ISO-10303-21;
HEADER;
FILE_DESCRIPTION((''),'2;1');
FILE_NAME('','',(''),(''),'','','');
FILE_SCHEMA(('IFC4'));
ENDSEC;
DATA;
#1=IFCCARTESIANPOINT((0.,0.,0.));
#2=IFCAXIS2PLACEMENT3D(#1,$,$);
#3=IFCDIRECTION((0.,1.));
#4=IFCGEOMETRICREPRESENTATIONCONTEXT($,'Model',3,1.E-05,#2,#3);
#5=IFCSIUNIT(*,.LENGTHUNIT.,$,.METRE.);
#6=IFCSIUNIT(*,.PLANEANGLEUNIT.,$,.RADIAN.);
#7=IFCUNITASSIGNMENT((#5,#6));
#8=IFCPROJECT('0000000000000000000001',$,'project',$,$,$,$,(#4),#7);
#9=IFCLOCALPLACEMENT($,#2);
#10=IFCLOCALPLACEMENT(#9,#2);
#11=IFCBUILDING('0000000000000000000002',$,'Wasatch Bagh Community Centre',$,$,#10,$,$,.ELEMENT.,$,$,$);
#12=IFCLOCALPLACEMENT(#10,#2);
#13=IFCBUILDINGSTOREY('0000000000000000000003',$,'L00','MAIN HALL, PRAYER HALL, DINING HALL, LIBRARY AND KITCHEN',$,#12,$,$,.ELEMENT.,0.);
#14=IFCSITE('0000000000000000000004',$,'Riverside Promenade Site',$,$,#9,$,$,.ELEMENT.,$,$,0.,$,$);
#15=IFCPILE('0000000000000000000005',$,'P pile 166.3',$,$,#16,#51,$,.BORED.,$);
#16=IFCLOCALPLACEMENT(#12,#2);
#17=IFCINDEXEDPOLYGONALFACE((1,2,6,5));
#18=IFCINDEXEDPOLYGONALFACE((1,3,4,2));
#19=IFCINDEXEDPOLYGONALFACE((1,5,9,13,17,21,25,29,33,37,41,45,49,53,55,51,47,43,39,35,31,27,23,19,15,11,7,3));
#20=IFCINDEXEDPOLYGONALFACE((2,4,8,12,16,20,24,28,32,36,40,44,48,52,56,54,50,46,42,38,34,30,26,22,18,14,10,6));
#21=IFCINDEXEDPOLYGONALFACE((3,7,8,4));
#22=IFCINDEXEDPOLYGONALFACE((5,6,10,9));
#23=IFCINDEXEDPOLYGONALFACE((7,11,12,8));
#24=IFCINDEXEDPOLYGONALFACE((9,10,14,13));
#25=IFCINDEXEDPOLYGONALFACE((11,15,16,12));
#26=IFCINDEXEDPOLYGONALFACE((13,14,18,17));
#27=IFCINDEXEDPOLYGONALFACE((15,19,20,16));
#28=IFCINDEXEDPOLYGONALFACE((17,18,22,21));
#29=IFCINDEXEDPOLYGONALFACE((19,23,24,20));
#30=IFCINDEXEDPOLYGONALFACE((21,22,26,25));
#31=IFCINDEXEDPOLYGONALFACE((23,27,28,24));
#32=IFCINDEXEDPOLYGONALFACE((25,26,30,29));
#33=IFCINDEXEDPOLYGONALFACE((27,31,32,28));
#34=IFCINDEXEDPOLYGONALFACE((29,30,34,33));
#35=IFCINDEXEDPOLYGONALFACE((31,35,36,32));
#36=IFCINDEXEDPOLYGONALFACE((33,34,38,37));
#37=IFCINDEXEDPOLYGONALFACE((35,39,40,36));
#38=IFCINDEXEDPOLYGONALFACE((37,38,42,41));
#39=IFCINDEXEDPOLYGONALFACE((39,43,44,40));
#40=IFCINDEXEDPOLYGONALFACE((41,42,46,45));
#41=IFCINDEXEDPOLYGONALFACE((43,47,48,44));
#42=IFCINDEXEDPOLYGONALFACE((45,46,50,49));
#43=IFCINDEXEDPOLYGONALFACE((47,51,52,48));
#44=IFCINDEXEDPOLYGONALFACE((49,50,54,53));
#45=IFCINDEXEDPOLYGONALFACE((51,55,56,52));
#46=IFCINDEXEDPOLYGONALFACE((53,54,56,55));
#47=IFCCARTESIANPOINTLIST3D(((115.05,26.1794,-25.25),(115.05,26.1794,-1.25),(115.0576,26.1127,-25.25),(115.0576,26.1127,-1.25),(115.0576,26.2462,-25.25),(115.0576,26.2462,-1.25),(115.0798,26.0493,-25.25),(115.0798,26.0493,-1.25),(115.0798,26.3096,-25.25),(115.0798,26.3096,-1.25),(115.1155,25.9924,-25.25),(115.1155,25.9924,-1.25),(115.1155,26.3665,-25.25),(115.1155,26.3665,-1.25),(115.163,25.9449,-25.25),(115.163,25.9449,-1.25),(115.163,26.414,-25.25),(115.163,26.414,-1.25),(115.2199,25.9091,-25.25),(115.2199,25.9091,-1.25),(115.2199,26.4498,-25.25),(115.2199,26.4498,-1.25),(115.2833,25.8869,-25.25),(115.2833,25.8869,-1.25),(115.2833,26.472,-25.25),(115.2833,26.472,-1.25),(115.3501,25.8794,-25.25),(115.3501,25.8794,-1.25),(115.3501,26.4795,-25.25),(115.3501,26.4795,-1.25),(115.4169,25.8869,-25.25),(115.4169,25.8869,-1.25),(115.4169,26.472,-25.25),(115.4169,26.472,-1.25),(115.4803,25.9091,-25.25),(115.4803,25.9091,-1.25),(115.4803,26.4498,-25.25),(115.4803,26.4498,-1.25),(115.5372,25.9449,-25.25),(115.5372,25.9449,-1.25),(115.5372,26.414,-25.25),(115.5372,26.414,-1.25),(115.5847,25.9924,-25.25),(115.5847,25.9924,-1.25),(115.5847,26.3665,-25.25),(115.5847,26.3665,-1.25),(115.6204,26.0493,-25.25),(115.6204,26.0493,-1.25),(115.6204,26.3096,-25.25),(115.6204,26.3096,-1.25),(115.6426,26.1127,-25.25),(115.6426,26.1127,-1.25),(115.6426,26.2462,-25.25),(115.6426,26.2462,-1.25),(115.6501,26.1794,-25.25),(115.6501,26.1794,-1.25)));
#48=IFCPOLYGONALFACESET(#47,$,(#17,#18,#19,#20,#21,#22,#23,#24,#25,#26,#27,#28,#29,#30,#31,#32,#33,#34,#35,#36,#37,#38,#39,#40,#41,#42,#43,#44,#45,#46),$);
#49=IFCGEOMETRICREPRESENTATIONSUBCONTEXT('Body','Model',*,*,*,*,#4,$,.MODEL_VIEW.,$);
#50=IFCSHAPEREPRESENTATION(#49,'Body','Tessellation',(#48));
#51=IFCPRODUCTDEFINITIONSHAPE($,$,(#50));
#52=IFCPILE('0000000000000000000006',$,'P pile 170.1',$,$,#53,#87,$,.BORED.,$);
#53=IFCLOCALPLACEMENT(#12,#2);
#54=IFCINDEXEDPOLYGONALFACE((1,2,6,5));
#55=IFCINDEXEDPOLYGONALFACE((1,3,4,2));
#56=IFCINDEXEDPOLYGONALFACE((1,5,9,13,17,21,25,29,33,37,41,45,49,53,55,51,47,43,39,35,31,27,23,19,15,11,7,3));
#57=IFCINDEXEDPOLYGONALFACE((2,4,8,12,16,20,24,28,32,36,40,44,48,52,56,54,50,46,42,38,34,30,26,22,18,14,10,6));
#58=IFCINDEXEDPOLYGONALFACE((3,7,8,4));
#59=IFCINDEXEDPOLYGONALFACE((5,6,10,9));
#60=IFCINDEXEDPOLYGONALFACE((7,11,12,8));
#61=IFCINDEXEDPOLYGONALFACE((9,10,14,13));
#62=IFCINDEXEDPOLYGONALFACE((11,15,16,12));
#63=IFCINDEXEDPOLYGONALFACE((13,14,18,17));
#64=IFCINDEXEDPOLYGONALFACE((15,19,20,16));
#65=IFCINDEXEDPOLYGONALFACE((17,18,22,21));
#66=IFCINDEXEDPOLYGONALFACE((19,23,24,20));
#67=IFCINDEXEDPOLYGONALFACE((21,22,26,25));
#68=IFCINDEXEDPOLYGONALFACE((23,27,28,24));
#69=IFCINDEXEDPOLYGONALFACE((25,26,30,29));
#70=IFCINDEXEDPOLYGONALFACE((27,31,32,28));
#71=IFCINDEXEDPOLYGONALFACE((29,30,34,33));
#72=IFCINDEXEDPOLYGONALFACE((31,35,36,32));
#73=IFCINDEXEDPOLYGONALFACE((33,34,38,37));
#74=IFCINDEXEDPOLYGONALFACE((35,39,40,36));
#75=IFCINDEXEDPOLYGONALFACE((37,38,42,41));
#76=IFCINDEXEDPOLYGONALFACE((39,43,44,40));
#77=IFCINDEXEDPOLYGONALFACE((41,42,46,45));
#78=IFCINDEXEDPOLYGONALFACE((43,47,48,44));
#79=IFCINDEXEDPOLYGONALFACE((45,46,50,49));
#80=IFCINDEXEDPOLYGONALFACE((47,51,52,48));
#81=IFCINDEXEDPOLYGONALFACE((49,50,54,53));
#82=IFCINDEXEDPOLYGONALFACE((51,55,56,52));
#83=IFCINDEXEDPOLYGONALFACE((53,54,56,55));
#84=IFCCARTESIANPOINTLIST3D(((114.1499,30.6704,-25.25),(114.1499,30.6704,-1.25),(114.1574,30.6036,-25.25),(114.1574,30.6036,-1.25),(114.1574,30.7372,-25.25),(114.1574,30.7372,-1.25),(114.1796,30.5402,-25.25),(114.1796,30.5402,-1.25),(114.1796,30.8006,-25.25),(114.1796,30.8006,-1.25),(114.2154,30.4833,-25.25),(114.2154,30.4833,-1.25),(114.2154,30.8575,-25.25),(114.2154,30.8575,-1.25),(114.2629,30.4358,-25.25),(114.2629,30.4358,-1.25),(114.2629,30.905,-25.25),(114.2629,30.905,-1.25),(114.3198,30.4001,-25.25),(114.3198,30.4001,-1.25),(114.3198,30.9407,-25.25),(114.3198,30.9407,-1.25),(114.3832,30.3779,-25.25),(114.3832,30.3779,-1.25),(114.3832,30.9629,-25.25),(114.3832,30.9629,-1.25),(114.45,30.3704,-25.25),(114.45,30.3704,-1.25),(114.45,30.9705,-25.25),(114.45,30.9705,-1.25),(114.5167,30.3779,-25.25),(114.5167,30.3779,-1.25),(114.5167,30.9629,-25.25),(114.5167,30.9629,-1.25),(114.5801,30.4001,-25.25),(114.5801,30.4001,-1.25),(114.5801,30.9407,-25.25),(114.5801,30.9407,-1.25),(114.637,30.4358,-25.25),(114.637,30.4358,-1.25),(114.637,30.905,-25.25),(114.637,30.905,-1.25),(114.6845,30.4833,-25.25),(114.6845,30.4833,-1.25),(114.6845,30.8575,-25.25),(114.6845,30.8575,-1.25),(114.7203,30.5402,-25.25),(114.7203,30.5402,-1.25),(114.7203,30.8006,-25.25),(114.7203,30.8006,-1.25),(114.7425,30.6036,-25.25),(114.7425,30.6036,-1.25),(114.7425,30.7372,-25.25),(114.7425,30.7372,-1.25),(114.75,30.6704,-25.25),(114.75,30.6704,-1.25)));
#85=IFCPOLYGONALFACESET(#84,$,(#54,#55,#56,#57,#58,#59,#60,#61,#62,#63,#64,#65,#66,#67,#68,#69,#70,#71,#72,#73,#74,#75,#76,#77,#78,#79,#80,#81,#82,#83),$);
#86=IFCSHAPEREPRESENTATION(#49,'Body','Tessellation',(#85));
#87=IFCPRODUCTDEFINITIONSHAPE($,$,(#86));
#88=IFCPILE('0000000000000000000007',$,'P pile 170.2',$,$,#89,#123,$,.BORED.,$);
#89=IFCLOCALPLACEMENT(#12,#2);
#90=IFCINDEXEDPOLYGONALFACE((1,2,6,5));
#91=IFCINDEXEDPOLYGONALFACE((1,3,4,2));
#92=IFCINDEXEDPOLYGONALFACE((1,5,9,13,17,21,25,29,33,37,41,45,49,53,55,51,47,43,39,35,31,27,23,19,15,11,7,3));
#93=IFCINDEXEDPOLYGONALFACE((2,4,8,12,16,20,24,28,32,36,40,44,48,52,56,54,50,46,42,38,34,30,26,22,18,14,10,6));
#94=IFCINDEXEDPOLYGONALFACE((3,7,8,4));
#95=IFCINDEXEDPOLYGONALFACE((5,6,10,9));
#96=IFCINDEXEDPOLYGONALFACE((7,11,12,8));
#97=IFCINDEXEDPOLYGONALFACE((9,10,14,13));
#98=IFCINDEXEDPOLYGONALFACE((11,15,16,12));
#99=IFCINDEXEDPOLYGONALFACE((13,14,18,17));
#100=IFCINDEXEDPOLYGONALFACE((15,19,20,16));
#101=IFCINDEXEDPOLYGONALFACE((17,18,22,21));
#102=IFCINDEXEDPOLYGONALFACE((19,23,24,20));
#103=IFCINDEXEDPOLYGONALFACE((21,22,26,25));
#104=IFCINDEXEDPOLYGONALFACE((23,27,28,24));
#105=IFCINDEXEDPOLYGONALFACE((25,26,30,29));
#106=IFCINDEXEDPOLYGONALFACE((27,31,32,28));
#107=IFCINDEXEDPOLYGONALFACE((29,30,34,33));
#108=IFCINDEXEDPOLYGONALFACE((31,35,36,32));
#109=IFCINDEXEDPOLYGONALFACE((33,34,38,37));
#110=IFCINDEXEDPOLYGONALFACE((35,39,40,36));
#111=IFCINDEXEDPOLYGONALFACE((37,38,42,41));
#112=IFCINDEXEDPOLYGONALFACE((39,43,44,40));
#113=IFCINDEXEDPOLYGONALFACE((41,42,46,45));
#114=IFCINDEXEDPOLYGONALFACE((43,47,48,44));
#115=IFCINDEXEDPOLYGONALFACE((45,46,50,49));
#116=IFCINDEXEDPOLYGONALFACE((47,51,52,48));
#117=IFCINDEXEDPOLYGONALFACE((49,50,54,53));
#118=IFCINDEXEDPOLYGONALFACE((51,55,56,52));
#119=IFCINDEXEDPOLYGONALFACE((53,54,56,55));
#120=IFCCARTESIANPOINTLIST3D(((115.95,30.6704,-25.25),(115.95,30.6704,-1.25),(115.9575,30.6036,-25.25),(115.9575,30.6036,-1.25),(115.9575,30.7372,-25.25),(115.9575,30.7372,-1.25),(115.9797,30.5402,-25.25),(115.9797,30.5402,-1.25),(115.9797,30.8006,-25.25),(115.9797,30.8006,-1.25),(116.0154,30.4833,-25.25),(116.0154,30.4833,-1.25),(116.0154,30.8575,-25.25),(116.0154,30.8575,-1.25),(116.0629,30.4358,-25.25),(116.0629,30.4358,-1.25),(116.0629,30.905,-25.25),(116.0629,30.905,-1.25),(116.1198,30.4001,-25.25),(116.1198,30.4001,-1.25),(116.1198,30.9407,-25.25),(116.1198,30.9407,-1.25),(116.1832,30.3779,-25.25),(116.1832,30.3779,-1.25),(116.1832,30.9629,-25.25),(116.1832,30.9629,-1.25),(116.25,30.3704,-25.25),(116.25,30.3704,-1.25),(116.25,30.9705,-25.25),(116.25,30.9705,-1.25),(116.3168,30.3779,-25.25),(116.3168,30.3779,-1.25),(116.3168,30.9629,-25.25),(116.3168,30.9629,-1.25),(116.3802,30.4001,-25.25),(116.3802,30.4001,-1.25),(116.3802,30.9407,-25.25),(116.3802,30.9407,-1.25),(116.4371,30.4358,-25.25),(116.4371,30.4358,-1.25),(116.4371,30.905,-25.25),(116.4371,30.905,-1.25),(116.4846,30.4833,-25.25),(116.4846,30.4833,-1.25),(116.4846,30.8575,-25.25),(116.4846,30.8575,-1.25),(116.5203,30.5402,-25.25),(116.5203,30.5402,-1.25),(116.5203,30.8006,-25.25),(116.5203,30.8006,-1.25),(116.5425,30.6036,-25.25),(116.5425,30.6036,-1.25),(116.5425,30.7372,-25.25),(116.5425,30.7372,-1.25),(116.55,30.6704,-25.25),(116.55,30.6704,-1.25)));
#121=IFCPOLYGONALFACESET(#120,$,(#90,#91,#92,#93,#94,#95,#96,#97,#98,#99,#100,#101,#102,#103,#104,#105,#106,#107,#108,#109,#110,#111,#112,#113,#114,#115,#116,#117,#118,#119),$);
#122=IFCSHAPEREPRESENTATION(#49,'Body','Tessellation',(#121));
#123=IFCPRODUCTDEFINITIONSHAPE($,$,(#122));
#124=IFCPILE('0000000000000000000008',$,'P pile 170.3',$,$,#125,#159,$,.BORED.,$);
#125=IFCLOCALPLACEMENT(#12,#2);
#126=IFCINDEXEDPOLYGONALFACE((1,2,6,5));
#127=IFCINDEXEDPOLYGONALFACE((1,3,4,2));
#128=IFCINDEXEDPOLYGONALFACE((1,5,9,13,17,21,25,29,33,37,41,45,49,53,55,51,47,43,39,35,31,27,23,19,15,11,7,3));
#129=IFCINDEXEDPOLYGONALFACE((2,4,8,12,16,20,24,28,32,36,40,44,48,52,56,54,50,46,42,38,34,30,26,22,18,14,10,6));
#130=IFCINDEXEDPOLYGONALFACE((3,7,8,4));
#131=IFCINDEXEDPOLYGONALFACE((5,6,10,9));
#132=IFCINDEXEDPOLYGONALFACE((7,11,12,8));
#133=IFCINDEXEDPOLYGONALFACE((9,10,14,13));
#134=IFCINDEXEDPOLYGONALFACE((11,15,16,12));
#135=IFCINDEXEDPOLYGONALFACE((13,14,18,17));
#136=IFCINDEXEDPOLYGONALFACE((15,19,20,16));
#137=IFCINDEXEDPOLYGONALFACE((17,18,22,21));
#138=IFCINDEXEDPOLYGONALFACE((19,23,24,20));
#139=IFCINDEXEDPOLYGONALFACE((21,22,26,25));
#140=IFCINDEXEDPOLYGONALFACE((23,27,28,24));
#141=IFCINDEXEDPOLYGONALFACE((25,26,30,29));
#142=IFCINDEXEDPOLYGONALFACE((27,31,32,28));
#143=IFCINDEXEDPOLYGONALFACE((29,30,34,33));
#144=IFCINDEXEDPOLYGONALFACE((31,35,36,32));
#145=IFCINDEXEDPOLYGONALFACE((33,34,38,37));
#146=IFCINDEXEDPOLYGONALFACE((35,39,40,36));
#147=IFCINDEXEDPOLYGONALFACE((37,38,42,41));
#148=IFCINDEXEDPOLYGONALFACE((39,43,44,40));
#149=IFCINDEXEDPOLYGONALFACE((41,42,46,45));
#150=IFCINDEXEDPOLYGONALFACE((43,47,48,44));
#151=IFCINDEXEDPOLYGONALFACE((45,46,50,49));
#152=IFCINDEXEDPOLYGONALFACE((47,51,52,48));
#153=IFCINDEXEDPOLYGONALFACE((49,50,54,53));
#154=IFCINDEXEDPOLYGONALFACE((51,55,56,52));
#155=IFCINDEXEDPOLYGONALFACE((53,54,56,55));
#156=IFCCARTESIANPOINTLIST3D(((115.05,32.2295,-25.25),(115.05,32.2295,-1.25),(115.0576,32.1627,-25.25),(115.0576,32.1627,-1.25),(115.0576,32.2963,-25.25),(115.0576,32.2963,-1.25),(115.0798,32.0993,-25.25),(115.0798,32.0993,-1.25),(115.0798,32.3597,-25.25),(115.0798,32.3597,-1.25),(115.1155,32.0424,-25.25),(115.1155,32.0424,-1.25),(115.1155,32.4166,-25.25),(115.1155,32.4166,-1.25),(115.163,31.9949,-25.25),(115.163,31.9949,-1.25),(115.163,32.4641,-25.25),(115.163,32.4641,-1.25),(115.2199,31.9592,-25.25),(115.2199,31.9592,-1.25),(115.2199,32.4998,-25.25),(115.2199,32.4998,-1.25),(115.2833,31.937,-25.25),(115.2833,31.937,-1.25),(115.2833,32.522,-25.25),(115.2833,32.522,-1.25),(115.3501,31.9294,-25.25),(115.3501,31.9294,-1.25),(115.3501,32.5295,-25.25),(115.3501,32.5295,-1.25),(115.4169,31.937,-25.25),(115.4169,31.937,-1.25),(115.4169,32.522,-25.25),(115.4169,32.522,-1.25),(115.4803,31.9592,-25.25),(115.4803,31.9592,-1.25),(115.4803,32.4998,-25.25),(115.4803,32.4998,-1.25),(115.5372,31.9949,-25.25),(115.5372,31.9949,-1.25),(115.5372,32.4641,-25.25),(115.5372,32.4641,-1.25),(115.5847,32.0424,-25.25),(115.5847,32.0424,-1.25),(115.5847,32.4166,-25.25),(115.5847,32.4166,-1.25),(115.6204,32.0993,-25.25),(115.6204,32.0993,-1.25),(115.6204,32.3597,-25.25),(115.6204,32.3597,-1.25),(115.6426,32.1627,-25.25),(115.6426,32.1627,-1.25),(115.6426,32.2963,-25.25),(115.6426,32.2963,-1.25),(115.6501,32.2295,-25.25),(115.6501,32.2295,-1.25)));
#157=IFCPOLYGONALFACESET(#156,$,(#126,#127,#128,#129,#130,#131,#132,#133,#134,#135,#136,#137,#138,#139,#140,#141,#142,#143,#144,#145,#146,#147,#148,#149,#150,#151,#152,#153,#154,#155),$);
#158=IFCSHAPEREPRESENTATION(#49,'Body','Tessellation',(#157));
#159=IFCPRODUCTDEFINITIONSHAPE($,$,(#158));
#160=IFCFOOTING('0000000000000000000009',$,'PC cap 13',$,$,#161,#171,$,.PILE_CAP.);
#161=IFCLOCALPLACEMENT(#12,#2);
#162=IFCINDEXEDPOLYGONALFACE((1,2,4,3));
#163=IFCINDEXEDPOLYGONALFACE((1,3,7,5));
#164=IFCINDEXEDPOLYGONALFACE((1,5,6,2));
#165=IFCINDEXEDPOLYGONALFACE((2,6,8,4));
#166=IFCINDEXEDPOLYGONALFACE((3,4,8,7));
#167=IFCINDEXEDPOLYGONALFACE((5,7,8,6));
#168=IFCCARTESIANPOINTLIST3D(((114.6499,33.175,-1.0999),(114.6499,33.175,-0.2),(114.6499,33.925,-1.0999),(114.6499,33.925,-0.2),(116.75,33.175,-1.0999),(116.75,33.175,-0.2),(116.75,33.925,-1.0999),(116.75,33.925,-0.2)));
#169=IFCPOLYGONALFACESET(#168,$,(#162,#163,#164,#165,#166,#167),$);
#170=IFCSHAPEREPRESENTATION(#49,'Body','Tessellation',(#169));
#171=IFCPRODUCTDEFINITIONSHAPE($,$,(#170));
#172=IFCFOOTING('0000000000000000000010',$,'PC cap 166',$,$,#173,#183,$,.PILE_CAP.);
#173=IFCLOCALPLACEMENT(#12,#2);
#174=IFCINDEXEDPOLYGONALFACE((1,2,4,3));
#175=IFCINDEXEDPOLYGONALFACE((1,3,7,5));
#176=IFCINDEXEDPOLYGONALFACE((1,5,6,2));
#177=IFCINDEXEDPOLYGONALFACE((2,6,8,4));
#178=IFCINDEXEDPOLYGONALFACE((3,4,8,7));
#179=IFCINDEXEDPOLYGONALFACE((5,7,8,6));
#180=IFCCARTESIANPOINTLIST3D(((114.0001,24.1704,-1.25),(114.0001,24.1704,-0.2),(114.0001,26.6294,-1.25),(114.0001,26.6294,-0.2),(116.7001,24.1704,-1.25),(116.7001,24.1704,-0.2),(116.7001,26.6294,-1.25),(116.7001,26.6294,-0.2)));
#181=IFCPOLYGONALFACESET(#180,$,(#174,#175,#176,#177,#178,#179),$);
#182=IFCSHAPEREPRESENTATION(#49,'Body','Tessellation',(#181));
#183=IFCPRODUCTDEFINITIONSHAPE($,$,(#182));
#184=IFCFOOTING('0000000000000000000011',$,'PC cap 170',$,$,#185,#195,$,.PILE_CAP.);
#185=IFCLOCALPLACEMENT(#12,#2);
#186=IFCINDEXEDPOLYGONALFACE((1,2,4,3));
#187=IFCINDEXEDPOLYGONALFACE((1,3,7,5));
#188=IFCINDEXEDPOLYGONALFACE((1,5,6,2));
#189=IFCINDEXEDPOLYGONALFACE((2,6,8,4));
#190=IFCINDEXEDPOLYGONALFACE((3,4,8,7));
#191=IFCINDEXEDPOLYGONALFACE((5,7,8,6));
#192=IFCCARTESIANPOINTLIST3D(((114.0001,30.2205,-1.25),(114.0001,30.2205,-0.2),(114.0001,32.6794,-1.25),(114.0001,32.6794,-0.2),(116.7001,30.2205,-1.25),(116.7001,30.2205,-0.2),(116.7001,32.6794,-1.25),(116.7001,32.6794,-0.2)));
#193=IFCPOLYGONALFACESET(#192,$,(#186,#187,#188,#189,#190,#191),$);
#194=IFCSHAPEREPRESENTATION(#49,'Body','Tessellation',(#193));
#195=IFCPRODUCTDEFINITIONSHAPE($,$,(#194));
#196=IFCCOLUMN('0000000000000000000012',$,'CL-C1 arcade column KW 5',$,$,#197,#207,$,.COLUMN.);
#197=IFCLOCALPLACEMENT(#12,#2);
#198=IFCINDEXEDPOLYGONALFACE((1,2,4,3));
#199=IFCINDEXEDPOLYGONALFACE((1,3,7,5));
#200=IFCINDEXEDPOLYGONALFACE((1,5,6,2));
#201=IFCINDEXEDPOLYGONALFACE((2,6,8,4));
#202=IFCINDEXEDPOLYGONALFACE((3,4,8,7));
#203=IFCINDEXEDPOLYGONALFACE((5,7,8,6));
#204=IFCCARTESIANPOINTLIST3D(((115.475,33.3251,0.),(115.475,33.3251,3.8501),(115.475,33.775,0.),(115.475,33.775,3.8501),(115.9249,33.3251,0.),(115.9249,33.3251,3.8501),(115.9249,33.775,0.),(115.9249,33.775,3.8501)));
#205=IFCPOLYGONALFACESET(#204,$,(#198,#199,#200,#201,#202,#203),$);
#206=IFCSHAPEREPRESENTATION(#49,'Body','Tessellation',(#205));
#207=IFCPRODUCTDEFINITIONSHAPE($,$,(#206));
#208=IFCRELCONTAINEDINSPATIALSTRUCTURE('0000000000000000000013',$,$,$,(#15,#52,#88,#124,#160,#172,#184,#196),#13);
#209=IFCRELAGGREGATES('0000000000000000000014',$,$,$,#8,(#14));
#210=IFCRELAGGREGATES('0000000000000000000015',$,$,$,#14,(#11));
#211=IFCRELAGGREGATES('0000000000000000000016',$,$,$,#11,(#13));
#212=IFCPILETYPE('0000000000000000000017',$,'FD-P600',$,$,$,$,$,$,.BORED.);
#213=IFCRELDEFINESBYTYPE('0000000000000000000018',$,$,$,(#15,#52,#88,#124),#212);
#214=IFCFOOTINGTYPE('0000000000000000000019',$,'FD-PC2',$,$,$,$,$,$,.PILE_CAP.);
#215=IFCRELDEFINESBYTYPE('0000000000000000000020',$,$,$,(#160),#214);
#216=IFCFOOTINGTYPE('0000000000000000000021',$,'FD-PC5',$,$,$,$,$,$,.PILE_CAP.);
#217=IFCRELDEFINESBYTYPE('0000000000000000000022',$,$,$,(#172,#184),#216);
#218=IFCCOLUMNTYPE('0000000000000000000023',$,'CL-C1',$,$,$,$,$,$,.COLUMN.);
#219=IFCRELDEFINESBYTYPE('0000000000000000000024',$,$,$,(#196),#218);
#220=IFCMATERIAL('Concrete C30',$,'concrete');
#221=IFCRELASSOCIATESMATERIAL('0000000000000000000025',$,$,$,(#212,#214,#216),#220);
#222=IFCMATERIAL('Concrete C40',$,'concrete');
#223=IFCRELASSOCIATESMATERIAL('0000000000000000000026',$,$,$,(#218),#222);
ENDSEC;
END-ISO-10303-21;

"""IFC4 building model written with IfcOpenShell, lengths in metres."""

from ifc_helpers import new_model, si_unit, direction, frame, origin, origin_2d, place, context, subcontext, project, spatial, rectangle, circle, extrude, material, material_profile, profile_set, type_object, element, save


model = new_model("IFC4")

# Units and contexts
model_context = context("Model", 3, precision=1e-05, world=origin(), true_north=direction((0.0, 1.0)))
body_context = subcontext(model_context, "Body", "Model", "MODEL_VIEW")
ifc_project = project(units=[si_unit("LENGTHUNIT", "METRE"), si_unit("PLANEANGLEUNIT", "RADIAN")], contexts=[model_context])

# Site, building, storey
site_placement = place(None, origin())
site = spatial("IfcSite", under=ifc_project, at=site_placement, Name="Riverside Promenade Site", CompositionType="ELEMENT", RefElevation=0.0)
building_placement = place(site_placement, origin())
building = spatial("IfcBuilding", under=site, at=building_placement, Name="Wasatch Bagh Community Centre", CompositionType="ELEMENT")
storey_placement = place(building_placement, origin())
storey = spatial("IfcBuildingStorey", under=building, at=storey_placement, Name="L00", Description="MAIN HALL, PRAYER HALL, DINING HALL, LIBRARY AND KITCHEN", CompositionType="ELEMENT", Elevation=0.0)

# Piles
ifc_material_1 = material(Name="Concrete C30", Category="concrete")
ifc_material_profile_1 = material_profile(ifc_material_1, circle(Radius=0.3, at=origin_2d()), Name="RC D600")
ifc_profile_set_1 = profile_set([ifc_material_profile_1], Name="Concrete C30")
pile_type_1 = type_object("IfcPileType", Name="FD-P600", PredefinedType="BORED", material=ifc_profile_set_1)
for number, where, z_axis, x_axis, name in (
    (1, (115.3501, 26.1794, -1.25), (0.0, 0.0, -1.0), (1.0, 0.0, 0.0), "P pile 166.3"),
    (2, (114.45, 30.6704, -1.25), (0.0, 0.0, -1.0), (1.0, 0.0, 0.0), "P pile 170.1"),
    (3, (116.25, 30.6704, -1.25), (0.0, 0.0, -1.0), (1.0, 0.0, 0.0), "P pile 170.2"),
    (4, (115.3501, 32.2295, -1.25), (0.0, 0.0, -1.0), (1.0, 0.0, 0.0), "P pile 170.3"),
):
    element("IfcPile", number, at=place(storey_placement, frame(where, z_axis=z_axis, x_axis=x_axis)), inside=storey, type_object=pile_type_1, Name=name, PredefinedType="BORED", context=body_context, shape_type="SweptSolid", body=[
        extrude(circle(Radius=0.3, at=origin_2d()), origin(), (0.0, 0.0, 1.0), 24.0),
    ])

# Footings
footing_type_1 = type_object("IfcFootingType", Name="FD-PC2", PredefinedType="PILE_CAP", material=ifc_material_1)
footing_1_placement = place(storey_placement, frame((115.7, 33.55, -1.0999), z_axis=(0.0, 0.0, 1.0), x_axis=(1.0, 0.0, 0.0)))
element("IfcFooting", 5, at=footing_1_placement, inside=storey, type_object=footing_type_1, Name="PC cap 13", PredefinedType="PILE_CAP", context=body_context, shape_type="SweptSolid", body=[
    extrude(rectangle(XDim=2.1001, YDim=0.75, at=origin_2d()), origin(), (0.0, 0.0, 1.0), 0.8999),
])
footing_type_2 = type_object("IfcFootingType", Name="FD-PC5", PredefinedType="PILE_CAP", material=ifc_material_1)
for number, where, z_axis, x_axis, name in (
    (6, (115.3501, 25.3999, -1.25), (0.0, 0.0, 1.0), (1.0, 0.0, 0.0), "PC cap 166"),
    (7, (115.3501, 31.45, -1.25), (0.0, 0.0, 1.0), (1.0, 0.0, 0.0), "PC cap 170"),
):
    element("IfcFooting", number, at=place(storey_placement, frame(where, z_axis=z_axis, x_axis=x_axis)), inside=storey, type_object=footing_type_2, Name=name, PredefinedType="PILE_CAP", context=body_context, shape_type="SweptSolid", body=[
        extrude(rectangle(XDim=2.7, YDim=2.459, at=origin_2d()), origin(), (0.0, 0.0, 1.0), 1.05),
    ])

# Column
ifc_material_2 = material(Name="Concrete C40", Category="concrete")
ifc_material_profile_2 = material_profile(ifc_material_2, rectangle(XDim=0.45, YDim=0.45, at=origin_2d()), Name="RC 450x450")
ifc_profile_set_2 = profile_set([ifc_material_profile_2], Name="Concrete C40")
column_type_1 = type_object("IfcColumnType", Name="CL-C1", PredefinedType="COLUMN", material=ifc_profile_set_2)
column_placement = place(storey_placement, frame((115.7, 33.55, 0.0), z_axis=(0.0, 0.0, 1.0), x_axis=(1.0, 0.0, 0.0)))
element("IfcColumn", 8, at=column_placement, inside=storey, type_object=column_type_1, Name="CL-C1 arcade column KW 5", PredefinedType="COLUMN", context=body_context, shape_type="SweptSolid", body=[
    extrude(rectangle(XDim=0.45, YDim=0.45, at=origin_2d()), origin(), (0.0, 0.0, 1.0), 3.8501),
])

save(model, "model.ifc")
